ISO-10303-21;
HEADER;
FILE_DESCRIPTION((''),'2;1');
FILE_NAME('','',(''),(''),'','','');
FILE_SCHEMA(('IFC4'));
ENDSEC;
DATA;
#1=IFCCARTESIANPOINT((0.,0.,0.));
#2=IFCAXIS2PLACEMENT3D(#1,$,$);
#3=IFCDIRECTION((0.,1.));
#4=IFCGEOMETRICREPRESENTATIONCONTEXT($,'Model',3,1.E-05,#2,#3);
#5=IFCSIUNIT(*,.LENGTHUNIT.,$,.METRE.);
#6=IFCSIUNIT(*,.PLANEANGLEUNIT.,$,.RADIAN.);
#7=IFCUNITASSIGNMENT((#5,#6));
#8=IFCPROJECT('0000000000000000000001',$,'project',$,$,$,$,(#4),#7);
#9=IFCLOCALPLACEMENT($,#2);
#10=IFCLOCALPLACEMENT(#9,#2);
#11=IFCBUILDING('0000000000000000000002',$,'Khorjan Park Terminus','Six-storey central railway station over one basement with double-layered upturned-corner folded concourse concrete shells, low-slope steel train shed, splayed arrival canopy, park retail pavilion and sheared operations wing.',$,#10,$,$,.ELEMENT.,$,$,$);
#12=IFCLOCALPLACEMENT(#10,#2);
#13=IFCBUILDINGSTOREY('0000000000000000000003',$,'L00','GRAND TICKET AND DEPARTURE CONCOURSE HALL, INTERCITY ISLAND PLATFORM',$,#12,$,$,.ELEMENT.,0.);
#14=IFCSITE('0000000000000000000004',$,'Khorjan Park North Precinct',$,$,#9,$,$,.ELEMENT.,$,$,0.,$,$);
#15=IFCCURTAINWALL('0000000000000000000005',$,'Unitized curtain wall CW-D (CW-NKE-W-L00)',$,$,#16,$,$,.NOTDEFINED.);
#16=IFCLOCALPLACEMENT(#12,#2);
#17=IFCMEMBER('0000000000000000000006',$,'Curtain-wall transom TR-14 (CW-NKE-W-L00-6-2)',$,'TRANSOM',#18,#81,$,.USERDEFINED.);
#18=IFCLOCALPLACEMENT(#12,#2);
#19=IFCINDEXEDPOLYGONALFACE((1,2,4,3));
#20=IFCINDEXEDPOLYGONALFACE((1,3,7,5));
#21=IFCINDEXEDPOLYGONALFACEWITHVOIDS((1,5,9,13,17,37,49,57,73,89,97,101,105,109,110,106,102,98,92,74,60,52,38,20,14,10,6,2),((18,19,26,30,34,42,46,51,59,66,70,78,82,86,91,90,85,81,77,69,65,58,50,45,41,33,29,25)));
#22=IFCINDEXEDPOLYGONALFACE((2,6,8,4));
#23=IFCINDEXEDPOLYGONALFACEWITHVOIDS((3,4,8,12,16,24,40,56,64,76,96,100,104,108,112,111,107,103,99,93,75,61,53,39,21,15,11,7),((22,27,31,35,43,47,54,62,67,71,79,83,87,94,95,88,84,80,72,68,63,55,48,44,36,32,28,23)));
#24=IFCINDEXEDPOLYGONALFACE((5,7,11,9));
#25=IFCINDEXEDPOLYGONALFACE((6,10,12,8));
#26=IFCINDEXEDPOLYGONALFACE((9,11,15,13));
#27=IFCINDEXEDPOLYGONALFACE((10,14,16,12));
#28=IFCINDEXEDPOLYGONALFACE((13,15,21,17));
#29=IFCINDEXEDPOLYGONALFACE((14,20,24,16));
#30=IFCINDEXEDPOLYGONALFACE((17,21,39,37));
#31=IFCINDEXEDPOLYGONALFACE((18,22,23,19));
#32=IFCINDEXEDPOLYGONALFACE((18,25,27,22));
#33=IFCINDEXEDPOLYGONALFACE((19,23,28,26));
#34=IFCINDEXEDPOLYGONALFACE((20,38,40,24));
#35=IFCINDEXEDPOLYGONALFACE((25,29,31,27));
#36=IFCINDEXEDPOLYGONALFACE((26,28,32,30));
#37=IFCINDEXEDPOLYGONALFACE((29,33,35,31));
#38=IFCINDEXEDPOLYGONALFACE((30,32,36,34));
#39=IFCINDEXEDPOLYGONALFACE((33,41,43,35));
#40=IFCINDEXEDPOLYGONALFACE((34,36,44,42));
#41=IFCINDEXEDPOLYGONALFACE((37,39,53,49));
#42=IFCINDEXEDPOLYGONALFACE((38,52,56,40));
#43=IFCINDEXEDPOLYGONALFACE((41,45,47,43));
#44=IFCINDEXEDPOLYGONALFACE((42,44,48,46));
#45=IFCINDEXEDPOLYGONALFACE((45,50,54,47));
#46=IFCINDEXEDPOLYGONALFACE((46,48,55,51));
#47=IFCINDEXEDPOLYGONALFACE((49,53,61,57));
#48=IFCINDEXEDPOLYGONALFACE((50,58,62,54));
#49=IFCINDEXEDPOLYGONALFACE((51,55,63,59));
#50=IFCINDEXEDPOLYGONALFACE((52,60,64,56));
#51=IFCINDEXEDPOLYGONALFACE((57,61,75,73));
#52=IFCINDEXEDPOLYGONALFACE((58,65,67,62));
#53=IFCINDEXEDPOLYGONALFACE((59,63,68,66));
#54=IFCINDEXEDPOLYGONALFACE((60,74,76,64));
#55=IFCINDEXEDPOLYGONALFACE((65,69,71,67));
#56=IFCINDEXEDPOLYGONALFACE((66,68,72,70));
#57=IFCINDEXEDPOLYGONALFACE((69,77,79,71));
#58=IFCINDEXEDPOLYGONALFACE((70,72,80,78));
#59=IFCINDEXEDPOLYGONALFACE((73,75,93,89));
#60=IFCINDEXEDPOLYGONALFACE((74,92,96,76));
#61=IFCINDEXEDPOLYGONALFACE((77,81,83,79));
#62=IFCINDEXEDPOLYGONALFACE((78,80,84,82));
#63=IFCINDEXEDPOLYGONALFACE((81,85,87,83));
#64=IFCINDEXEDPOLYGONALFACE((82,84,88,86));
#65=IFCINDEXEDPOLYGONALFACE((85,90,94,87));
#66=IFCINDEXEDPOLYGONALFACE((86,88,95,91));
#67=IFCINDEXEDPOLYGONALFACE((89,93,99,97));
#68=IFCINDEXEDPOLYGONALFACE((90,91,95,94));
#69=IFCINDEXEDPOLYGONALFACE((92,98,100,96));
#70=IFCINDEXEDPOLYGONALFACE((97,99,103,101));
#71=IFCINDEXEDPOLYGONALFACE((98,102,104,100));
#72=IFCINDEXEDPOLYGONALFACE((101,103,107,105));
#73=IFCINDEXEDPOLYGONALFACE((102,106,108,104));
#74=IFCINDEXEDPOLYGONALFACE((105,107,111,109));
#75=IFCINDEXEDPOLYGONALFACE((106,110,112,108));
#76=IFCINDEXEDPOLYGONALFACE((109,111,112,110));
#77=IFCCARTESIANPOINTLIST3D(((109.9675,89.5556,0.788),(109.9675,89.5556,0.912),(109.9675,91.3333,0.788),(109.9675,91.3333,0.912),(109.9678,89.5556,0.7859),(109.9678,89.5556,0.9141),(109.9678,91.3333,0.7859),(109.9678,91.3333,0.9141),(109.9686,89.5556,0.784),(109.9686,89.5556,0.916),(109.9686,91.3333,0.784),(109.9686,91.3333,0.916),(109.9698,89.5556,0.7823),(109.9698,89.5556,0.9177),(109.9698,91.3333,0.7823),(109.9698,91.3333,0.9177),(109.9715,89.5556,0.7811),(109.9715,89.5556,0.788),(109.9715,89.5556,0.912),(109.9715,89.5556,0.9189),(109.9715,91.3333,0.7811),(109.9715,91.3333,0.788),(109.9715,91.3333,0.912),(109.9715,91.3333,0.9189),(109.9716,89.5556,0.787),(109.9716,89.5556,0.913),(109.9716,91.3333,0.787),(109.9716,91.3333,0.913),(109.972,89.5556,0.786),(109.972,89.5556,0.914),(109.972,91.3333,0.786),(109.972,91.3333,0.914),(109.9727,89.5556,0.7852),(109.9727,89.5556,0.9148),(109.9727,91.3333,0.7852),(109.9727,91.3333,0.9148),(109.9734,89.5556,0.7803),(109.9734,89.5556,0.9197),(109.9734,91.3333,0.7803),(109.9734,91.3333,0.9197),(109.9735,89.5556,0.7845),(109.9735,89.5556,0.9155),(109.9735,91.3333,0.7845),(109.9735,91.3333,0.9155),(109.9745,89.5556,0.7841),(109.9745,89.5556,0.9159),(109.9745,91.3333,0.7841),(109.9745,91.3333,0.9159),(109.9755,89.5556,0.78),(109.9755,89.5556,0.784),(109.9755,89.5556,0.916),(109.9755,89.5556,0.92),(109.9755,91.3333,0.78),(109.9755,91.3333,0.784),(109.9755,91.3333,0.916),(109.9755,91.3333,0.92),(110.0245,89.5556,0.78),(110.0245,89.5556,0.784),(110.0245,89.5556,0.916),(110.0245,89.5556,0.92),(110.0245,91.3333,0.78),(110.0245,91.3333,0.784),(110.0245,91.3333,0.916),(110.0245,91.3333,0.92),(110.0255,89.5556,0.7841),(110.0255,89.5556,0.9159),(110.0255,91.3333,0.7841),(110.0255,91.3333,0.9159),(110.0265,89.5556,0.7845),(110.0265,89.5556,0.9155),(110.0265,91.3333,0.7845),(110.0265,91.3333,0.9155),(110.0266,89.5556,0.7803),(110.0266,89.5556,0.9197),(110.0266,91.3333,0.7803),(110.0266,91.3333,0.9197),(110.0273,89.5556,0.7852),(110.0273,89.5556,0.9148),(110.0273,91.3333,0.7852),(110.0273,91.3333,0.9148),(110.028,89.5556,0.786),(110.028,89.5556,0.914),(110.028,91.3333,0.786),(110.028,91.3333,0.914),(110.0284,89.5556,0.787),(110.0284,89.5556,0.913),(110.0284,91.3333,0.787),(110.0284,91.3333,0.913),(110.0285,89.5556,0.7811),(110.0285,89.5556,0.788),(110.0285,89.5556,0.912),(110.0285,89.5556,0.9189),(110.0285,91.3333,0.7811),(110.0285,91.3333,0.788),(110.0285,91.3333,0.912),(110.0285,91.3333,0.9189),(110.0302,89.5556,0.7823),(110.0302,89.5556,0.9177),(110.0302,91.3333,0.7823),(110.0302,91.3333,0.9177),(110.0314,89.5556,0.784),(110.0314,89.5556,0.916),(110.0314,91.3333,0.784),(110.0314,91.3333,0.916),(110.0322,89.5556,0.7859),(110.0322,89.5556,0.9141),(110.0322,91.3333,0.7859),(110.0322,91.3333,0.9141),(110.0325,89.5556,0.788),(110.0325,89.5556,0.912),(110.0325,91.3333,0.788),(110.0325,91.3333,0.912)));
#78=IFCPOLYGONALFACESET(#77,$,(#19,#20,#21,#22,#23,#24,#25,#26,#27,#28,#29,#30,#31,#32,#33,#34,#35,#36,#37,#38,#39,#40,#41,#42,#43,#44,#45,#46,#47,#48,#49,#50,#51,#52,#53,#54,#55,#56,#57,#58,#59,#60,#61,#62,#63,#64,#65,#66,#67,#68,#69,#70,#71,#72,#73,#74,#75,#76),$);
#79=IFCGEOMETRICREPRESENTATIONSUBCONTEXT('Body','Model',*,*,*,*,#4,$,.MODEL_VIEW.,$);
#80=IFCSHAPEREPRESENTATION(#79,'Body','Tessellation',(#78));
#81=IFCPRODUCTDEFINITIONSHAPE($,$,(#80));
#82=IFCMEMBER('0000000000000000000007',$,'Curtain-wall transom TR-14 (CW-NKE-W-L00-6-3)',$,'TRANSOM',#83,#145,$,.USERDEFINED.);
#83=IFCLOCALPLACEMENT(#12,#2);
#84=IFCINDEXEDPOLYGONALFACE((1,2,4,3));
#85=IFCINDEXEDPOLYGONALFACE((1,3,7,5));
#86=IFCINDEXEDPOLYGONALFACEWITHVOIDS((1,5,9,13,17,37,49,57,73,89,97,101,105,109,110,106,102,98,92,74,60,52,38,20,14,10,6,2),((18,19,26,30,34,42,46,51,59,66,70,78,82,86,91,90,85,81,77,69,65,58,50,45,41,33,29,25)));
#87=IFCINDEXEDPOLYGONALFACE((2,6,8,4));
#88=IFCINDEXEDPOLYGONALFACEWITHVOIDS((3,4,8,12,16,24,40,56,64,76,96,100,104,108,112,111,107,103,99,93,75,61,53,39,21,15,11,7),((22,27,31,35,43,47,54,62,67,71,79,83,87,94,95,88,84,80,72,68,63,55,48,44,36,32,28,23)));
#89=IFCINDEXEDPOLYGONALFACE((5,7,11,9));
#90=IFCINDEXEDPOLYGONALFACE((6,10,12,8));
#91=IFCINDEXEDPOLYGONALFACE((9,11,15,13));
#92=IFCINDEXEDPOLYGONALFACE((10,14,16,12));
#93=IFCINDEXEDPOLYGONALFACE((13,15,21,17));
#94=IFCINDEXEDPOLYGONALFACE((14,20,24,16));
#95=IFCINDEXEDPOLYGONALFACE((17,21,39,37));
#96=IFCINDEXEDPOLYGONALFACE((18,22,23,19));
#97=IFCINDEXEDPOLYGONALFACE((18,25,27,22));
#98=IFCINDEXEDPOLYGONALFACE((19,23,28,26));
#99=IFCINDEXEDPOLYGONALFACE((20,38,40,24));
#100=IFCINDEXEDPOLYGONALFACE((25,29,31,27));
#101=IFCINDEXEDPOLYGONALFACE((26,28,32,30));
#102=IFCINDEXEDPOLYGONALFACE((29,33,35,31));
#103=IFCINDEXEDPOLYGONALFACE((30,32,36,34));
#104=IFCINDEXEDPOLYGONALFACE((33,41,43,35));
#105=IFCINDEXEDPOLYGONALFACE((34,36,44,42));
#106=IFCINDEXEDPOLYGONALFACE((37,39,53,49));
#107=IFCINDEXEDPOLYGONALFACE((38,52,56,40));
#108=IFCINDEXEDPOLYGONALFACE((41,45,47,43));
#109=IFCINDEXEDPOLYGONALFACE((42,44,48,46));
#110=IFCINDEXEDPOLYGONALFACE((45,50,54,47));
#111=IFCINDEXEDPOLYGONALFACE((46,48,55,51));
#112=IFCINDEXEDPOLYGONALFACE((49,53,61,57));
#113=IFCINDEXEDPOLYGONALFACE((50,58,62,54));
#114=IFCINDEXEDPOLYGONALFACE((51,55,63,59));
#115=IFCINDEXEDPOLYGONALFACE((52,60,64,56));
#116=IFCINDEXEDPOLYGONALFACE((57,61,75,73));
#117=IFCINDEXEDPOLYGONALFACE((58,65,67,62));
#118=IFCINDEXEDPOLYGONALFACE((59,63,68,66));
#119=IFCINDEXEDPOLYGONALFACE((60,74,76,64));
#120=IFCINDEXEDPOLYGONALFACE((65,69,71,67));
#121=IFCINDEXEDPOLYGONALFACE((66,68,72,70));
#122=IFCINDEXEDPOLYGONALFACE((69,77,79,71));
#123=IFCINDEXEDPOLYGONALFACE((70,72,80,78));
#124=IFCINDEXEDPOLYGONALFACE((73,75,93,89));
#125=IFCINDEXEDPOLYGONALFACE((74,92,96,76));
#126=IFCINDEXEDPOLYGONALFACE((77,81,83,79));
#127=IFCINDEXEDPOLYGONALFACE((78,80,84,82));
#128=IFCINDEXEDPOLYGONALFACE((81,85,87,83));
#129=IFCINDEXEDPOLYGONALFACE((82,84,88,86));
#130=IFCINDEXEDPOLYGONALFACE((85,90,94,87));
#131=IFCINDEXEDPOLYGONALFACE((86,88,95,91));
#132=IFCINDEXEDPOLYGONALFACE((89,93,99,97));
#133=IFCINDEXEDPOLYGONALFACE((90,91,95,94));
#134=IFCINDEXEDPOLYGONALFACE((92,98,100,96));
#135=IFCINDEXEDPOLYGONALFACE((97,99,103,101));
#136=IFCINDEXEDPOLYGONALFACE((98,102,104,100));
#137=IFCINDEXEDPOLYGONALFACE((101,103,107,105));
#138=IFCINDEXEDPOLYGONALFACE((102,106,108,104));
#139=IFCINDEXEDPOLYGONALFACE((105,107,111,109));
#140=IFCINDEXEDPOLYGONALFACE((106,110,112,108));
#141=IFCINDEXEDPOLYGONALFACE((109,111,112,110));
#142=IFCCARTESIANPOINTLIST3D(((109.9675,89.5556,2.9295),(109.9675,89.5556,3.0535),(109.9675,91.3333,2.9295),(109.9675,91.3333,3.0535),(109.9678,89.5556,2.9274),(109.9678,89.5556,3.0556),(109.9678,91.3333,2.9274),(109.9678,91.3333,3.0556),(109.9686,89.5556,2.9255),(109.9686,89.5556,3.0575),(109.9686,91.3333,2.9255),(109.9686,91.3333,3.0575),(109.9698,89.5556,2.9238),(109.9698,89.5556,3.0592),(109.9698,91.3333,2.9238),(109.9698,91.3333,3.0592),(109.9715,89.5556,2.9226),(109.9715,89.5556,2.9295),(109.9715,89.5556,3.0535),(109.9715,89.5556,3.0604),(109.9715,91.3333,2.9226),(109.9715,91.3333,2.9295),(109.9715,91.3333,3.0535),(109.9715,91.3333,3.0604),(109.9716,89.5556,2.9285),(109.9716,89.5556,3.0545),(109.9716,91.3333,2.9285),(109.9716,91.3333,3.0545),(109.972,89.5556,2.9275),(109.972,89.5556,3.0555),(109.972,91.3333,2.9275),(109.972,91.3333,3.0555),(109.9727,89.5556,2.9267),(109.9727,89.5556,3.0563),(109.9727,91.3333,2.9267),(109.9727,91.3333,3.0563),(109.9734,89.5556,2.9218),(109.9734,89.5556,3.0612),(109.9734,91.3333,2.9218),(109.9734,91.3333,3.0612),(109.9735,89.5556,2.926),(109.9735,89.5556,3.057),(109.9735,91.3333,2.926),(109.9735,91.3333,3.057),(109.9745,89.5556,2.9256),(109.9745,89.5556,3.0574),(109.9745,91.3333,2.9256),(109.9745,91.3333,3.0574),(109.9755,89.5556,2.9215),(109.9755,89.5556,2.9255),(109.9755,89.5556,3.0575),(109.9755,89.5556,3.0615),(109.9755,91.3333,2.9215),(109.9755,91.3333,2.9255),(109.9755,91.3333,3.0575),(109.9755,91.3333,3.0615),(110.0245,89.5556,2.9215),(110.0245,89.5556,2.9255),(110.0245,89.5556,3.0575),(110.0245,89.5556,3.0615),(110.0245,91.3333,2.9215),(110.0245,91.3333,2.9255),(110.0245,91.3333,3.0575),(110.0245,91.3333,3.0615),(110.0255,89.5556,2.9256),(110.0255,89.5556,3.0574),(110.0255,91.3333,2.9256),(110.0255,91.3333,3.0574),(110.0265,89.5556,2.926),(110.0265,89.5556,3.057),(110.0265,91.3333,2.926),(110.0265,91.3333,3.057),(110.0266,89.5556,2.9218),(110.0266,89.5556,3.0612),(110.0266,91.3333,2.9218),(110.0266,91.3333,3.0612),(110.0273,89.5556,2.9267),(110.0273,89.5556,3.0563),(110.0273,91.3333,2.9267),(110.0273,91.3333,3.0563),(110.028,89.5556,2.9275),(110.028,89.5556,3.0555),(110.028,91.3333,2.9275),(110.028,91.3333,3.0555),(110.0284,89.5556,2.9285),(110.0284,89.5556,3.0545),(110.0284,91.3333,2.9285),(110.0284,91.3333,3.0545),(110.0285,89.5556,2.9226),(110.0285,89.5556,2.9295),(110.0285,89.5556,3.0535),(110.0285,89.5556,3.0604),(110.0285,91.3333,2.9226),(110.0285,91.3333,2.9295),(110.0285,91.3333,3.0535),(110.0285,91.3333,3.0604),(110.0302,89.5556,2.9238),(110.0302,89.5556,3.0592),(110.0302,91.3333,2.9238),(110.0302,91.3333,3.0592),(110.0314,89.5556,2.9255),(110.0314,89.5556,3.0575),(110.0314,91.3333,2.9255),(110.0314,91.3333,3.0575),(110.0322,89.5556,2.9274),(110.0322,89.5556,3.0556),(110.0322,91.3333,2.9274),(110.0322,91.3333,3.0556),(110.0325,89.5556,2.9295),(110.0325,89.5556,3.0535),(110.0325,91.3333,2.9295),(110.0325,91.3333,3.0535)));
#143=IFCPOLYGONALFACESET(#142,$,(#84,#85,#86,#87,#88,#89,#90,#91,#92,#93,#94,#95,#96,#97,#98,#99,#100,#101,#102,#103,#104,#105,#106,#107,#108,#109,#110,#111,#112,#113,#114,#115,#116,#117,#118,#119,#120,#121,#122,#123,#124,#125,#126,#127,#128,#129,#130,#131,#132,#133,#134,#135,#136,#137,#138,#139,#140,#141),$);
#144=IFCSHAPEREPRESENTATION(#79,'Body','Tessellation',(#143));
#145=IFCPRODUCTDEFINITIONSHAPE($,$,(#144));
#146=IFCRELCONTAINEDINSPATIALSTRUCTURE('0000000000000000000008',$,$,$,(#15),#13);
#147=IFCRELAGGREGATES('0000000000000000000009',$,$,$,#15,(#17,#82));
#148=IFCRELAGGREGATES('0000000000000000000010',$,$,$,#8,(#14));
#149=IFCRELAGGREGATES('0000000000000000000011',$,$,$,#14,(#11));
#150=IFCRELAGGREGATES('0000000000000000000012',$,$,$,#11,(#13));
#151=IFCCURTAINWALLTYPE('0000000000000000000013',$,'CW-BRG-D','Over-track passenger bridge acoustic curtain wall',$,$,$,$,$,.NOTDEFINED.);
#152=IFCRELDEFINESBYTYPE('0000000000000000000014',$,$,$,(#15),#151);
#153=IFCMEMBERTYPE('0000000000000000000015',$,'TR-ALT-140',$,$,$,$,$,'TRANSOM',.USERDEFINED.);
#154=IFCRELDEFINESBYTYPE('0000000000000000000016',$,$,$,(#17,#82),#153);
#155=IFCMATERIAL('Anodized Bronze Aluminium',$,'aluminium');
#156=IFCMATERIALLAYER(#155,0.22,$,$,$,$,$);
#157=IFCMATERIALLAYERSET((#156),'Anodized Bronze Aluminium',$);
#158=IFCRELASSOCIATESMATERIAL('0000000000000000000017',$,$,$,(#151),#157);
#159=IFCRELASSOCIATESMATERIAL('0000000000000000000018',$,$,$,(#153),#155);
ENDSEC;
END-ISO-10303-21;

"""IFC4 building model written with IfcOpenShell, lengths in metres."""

from ifc_helpers import new_model, si_unit, direction, frame, origin, origin_2d, place, context, subcontext, project, spatial, hollow_rectangle, extrude, material, layer, layer_set, material_profile, profile_set, type_object, element, aggregate, save


model = new_model("IFC4")

# Units and contexts
model_context = context("Model", 3, precision=1e-05, world=origin(), true_north=direction((0.0, 1.0)))
body_context = subcontext(model_context, "Body", "Model", "MODEL_VIEW")
ifc_project = project(units=[si_unit("LENGTHUNIT", "METRE"), si_unit("PLANEANGLEUNIT", "RADIAN")], contexts=[model_context])

# Site, building, storey
site_placement = place(None, origin())
site = spatial("IfcSite", under=ifc_project, at=site_placement, Name="Khorjan Park North Precinct", CompositionType="ELEMENT", RefElevation=0.0)
building_placement = place(site_placement, origin())
building = spatial("IfcBuilding", under=site, at=building_placement, Name="Khorjan Park Terminus", Description="Six-storey central railway station over one basement with double-layered upturned-corner folded concourse concrete shells, low-slope steel train shed, splayed arrival canopy, park retail pavilion and sheared operations wing.", CompositionType="ELEMENT")
storey_placement = place(building_placement, origin())
storey = spatial("IfcBuildingStorey", under=building, at=storey_placement, Name="L00", Description="GRAND TICKET AND DEPARTURE CONCOURSE HALL, INTERCITY ISLAND PLATFORM", CompositionType="ELEMENT", Elevation=0.0)

# Curtain wall, members
ifc_material_1 = material(Name="Anodized Bronze Aluminium", Category="aluminium")
ifc_layer_1 = layer(ifc_material_1, 0.22)
ifc_layer_set_1 = layer_set([ifc_layer_1], Name="Anodized Bronze Aluminium")
curtain_wall_type = type_object("IfcCurtainWallType", Name="CW-BRG-D", Description="Over-track passenger bridge acoustic curtain wall", PredefinedType="NOTDEFINED", material=ifc_layer_set_1)
curtain_wall_placement = place(storey_placement, origin())
curtain_wall = element("IfcCurtainWall", 1, at=curtain_wall_placement, inside=storey, type_object=curtain_wall_type, Name="Unitized curtain wall CW-D (CW-NKE-W-L00)", PredefinedType="NOTDEFINED")
ifc_material_profile_1 = material_profile(ifc_material_1, hollow_rectangle(XDim=0.065, YDim=0.14, WallThickness=0.004, InnerFilletRadius=0.004, OuterFilletRadius=0.008, at=origin_2d()), Name="ALT 65x140x4")
ifc_profile_set_1 = profile_set([ifc_material_profile_1], Name="Anodized Bronze Aluminium")
member_type_1 = type_object("IfcMemberType", Name="TR-ALT-140", ElementType="TRANSOM", PredefinedType="USERDEFINED", material=ifc_profile_set_1)
member_1_placement = place(storey_placement, frame((110.0, 91.3333, 0.85), z_axis=(0.0, -1.0, 0.0), x_axis=(1.0, 0.0, 0.0)))
member_1 = element("IfcMember", 2, at=member_1_placement, type_object=member_type_1, Name="Curtain-wall transom TR-14 (CW-NKE-W-L00-6-2)", ObjectType="TRANSOM", PredefinedType="USERDEFINED", context=body_context, shape_type="SweptSolid", body=[
    extrude(hollow_rectangle(XDim=0.065, YDim=0.14, WallThickness=0.004, InnerFilletRadius=0.004, OuterFilletRadius=0.008, at=origin_2d()), origin(), (0.0, 0.0, 1.0), 1.7777),
])
member_2_placement = place(storey_placement, frame((110.0, 91.3333, 2.9915), z_axis=(0.0, -1.0, 0.0), x_axis=(1.0, 0.0, 0.0)))
member_2 = element("IfcMember", 3, at=member_2_placement, type_object=member_type_1, Name="Curtain-wall transom TR-14 (CW-NKE-W-L00-6-3)", ObjectType="TRANSOM", PredefinedType="USERDEFINED", context=body_context, shape_type="SweptSolid", body=[
    extrude(hollow_rectangle(XDim=0.065, YDim=0.14, WallThickness=0.004, InnerFilletRadius=0.004, OuterFilletRadius=0.008, at=origin_2d()), origin(), (0.0, 0.0, 1.0), 1.7777),
])
aggregate(curtain_wall, [member_1, member_2])

save(model, "model.ifc")
